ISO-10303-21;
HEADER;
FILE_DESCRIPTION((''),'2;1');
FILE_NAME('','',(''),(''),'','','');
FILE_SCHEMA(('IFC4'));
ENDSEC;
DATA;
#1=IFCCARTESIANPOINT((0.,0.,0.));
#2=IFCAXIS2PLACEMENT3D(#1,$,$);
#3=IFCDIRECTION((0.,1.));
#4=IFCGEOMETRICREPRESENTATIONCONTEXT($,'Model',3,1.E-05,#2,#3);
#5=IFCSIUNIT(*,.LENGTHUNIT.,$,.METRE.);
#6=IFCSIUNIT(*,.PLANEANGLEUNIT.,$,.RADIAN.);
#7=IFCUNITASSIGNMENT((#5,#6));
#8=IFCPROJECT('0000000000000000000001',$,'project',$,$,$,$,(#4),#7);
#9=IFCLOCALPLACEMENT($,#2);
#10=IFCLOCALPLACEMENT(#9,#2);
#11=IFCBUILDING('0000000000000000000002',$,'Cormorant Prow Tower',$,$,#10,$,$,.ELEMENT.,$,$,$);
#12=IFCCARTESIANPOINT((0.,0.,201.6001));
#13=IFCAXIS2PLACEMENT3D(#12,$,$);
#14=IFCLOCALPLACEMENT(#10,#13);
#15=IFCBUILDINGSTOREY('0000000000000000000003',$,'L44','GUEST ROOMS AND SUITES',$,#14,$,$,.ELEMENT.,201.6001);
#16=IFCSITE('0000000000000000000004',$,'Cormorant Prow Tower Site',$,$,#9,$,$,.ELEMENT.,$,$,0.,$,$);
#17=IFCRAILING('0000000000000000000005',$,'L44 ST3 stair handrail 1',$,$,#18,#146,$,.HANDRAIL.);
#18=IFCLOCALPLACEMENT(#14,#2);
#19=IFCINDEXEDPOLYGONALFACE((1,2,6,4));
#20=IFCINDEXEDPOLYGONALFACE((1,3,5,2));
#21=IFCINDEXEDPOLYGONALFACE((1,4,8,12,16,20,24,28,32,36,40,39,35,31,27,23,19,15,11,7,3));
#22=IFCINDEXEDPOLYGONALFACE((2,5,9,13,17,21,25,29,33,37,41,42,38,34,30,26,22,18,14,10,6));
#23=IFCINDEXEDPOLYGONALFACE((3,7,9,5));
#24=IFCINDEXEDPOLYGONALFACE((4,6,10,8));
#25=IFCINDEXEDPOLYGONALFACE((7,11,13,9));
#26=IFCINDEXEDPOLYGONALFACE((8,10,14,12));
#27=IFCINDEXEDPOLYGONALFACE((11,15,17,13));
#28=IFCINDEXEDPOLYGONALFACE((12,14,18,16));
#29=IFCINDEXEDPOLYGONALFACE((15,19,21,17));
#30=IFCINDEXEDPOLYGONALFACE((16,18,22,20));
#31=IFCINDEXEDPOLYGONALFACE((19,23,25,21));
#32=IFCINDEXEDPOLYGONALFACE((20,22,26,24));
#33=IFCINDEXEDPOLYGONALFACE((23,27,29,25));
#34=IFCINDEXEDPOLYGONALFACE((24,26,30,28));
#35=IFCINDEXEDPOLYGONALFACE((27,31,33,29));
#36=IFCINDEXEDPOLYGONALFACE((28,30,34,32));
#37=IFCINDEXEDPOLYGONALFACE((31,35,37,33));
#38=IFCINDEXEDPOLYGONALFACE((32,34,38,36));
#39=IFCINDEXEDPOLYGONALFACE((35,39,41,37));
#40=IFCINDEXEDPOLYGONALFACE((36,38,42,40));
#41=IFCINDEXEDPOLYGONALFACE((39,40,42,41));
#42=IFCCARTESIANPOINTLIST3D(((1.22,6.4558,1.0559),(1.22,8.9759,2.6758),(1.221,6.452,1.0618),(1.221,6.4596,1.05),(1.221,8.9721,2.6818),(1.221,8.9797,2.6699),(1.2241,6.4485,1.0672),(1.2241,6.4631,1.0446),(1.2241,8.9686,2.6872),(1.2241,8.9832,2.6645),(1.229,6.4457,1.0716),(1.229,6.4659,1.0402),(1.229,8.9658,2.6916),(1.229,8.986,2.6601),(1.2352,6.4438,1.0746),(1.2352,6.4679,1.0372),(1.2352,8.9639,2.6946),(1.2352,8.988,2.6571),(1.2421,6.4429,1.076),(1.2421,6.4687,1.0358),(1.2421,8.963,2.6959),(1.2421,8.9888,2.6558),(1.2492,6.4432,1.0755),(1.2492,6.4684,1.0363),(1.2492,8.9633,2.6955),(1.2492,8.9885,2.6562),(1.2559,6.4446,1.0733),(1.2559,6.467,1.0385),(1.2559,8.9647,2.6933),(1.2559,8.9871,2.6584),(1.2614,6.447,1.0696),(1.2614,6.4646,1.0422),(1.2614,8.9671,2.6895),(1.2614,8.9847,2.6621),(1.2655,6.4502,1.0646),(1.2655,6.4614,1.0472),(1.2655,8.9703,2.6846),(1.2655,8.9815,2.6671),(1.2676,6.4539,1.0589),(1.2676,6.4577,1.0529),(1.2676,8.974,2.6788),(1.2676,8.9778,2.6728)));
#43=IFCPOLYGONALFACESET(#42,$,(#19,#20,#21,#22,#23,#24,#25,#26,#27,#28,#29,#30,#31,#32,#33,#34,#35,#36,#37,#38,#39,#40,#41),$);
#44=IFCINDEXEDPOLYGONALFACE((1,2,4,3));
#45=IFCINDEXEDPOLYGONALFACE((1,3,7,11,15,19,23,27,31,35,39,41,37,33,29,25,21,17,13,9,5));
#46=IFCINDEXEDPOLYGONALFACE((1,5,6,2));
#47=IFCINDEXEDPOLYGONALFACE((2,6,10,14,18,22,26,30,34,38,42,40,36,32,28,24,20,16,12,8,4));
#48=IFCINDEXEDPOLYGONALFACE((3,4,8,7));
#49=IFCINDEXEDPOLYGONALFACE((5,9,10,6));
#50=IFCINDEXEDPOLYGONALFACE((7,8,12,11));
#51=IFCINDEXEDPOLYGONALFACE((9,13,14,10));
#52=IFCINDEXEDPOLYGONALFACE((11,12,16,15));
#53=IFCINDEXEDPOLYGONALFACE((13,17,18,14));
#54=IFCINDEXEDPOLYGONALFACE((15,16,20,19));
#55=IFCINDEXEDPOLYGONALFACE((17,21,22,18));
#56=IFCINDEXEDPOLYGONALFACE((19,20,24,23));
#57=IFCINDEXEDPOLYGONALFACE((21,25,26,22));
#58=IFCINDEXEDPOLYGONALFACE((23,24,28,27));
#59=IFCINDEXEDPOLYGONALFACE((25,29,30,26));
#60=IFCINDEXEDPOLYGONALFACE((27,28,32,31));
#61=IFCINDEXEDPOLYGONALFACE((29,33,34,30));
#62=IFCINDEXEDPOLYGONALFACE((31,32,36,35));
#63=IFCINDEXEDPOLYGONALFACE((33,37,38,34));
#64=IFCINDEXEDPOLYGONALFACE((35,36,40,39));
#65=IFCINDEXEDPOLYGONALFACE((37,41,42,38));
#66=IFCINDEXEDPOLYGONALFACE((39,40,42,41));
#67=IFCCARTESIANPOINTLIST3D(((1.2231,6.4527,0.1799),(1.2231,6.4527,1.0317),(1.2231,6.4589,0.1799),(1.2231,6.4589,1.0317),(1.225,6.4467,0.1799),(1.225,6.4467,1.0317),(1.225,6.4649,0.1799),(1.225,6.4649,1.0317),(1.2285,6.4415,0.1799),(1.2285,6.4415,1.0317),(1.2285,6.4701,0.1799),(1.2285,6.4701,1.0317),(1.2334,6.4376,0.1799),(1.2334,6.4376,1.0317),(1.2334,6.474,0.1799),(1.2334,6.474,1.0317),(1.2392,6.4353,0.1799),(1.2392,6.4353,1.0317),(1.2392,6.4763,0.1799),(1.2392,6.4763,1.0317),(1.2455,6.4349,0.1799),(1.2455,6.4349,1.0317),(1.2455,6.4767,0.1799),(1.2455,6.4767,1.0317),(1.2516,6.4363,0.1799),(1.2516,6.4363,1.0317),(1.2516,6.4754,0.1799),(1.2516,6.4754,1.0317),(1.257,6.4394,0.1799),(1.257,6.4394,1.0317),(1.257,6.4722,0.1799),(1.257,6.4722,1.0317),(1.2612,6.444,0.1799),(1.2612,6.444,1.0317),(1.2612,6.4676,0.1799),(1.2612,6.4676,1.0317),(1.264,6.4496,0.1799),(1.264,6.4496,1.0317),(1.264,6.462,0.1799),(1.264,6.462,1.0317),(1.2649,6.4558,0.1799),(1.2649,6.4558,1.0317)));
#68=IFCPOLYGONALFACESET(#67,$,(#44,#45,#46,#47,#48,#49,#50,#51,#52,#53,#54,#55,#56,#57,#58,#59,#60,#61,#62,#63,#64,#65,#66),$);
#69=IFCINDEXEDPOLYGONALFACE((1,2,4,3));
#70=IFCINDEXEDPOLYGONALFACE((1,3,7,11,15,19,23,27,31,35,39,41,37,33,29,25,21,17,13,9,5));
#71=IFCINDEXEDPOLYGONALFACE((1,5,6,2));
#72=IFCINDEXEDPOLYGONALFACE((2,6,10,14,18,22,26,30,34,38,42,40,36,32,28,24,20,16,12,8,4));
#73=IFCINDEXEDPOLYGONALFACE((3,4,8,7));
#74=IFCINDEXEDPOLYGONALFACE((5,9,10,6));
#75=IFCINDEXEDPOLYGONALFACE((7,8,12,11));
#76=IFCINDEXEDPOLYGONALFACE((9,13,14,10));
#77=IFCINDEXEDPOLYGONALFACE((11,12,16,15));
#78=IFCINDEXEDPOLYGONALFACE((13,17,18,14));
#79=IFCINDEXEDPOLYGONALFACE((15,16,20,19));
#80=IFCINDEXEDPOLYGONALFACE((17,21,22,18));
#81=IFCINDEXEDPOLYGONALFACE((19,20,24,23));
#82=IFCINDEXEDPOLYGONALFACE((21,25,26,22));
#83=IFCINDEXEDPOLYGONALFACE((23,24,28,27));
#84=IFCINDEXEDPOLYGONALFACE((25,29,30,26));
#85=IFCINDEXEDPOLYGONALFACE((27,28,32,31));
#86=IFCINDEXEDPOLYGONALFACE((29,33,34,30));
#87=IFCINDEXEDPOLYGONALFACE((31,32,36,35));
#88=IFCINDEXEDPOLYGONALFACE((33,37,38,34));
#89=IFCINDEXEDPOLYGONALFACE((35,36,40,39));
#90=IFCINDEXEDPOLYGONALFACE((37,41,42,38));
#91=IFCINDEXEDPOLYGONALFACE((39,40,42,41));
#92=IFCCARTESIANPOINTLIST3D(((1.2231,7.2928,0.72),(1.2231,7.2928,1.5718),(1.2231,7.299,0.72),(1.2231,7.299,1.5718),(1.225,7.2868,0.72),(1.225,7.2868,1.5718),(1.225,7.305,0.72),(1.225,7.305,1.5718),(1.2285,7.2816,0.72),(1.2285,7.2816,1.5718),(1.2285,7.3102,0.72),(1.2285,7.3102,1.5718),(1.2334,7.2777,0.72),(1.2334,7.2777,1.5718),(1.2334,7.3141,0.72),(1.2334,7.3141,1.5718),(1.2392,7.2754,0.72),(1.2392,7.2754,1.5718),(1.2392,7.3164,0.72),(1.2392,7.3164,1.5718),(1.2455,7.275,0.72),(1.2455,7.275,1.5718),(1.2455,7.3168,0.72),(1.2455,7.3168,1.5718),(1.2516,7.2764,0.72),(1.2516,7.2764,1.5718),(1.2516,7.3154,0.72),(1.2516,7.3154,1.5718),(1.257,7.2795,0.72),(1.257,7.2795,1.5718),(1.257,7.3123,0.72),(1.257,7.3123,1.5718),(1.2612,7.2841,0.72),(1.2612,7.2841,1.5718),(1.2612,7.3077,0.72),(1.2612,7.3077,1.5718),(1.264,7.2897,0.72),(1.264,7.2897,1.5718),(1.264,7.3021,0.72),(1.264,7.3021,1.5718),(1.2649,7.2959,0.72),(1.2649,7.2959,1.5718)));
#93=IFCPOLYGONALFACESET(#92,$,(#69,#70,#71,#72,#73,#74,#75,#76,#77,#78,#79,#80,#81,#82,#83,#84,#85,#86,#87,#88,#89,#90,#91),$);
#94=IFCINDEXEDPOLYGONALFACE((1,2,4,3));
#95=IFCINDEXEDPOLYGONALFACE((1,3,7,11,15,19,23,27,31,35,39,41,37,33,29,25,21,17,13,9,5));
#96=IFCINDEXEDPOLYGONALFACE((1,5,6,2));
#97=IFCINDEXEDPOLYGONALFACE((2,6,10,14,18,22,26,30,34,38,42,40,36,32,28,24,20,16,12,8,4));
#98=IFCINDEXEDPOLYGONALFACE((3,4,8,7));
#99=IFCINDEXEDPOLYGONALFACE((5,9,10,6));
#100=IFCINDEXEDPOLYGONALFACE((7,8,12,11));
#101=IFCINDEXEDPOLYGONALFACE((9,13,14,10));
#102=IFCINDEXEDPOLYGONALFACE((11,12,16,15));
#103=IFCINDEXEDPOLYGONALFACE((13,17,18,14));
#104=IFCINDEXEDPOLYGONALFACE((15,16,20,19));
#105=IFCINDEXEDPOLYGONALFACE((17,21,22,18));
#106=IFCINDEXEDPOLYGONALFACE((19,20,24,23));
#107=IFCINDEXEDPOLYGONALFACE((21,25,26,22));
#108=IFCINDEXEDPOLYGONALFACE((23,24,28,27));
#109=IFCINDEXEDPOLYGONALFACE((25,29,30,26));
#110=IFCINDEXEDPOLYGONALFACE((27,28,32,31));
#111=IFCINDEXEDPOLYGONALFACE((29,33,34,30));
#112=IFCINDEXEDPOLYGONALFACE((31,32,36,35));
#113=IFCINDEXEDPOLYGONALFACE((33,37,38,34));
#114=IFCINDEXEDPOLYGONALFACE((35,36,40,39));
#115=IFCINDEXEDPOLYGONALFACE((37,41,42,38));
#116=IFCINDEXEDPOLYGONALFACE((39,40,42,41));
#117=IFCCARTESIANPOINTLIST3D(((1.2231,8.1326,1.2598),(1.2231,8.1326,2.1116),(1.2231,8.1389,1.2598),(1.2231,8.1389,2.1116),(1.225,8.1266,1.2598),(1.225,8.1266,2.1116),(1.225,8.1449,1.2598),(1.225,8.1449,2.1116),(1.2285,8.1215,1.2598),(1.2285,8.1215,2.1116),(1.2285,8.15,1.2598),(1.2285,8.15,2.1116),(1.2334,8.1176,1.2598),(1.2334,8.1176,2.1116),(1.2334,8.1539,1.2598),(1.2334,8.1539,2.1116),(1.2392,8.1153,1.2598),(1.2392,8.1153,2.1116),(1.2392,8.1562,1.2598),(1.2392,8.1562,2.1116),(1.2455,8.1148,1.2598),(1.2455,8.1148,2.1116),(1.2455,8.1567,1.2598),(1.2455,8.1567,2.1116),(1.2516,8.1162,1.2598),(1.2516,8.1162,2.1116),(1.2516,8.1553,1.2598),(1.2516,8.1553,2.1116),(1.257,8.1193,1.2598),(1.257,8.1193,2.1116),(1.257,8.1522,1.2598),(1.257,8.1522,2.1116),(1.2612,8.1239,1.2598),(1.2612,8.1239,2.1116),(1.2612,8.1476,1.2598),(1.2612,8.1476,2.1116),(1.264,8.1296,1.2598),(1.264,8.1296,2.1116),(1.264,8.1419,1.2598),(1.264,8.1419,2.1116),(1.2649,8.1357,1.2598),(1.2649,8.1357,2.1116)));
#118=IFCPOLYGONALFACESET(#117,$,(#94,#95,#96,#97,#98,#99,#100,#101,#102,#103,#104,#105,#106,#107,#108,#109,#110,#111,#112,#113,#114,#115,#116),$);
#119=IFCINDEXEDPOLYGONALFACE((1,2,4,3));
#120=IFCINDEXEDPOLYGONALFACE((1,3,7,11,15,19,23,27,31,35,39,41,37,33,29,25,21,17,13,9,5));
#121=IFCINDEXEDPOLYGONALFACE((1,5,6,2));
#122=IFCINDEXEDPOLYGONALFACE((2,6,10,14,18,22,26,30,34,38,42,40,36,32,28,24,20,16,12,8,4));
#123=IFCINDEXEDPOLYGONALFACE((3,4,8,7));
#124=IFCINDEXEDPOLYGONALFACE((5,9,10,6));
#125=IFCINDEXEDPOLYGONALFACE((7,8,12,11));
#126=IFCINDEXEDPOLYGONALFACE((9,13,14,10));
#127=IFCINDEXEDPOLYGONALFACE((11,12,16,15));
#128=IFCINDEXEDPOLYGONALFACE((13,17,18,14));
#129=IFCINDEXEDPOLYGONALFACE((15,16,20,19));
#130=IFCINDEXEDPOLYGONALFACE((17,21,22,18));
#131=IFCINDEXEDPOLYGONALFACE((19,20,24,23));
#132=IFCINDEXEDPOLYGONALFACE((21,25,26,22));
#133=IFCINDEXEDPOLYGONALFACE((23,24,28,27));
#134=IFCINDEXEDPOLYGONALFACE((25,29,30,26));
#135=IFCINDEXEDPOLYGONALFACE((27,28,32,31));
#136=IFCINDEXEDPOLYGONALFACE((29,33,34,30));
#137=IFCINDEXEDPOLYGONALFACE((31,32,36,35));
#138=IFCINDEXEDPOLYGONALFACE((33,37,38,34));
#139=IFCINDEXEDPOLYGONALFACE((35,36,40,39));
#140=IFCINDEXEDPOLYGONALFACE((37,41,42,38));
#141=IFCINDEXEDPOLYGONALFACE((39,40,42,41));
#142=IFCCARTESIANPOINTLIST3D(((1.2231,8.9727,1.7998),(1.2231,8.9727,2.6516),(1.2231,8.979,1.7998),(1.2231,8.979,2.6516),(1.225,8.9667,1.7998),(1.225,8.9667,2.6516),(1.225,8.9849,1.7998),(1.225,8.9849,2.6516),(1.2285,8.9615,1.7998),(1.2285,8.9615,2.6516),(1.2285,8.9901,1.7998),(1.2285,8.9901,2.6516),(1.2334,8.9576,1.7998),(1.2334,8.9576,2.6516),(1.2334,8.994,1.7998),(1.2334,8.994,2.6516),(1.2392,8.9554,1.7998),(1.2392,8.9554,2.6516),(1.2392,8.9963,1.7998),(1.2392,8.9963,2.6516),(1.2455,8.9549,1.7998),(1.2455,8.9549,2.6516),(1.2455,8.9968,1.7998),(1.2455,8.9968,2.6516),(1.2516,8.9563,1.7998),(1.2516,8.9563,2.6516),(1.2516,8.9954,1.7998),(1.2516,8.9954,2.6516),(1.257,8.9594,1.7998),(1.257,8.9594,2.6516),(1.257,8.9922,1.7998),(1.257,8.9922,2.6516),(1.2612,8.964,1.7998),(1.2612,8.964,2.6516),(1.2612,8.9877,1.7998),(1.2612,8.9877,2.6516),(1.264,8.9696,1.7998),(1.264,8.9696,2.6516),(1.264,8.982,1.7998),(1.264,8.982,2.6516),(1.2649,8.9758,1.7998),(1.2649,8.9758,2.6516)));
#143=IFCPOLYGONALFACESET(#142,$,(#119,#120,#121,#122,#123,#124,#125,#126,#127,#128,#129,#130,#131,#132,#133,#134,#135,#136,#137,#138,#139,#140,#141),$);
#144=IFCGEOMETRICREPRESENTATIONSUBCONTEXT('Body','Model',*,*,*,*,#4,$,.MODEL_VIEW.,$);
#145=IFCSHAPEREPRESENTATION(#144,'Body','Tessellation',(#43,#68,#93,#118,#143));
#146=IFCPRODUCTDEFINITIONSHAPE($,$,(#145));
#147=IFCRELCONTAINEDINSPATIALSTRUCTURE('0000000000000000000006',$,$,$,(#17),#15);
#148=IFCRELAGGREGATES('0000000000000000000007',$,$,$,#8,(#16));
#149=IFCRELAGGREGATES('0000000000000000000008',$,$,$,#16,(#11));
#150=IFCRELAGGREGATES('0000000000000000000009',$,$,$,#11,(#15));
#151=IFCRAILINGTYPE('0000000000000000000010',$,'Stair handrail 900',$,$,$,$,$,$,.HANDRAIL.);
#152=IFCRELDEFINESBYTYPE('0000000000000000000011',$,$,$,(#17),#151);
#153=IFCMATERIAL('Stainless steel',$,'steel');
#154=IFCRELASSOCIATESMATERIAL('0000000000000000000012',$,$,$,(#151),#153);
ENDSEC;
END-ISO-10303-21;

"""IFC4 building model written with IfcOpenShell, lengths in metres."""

from ifc_helpers import new_model, si_unit, direction, frame, origin, origin_2d, place, context, subcontext, project, spatial, circle, extrude, material, type_object, element, save


model = new_model("IFC4")

# Units and contexts
model_context = context("Model", 3, precision=1e-05, world=origin(), true_north=direction((0.0, 1.0)))
body_context = subcontext(model_context, "Body", "Model", "MODEL_VIEW")
ifc_project = project(units=[si_unit("LENGTHUNIT", "METRE"), si_unit("PLANEANGLEUNIT", "RADIAN")], contexts=[model_context])

# Site, building, storey
site_placement = place(None, origin())
site = spatial("IfcSite", under=ifc_project, at=site_placement, Name="Cormorant Prow Tower Site", CompositionType="ELEMENT", RefElevation=0.0)
building_placement = place(site_placement, origin())
building = spatial("IfcBuilding", under=site, at=building_placement, Name="Cormorant Prow Tower", CompositionType="ELEMENT")
storey_placement = place(building_placement, frame((0.0, 0.0, 201.6001)))
storey = spatial("IfcBuildingStorey", under=building, at=storey_placement, Name="L44", Description="GUEST ROOMS AND SUITES", CompositionType="ELEMENT", Elevation=201.6001)

# Railing
ifc_material_1 = material(Name="Stainless steel", Category="steel")
railing_type_1 = type_object("IfcRailingType", Name="Stair handrail 900", PredefinedType="HANDRAIL", material=ifc_material_1)
railing_1_placement = place(storey_placement, frame((1.2439, 6.4558, 0.1799)))
element("IfcRailing", 1, at=railing_1_placement, inside=storey, type_object=railing_type_1, Name="L44 ST3 stair handrail 1", PredefinedType="HANDRAIL", context=body_context, shape_type="SweptSolid", body=[
    extrude(circle(Radius=0.0239, at=origin_2d()), frame((0.0, 0.0, 0.876), z_axis=(0.0, 0.8412, 0.540725), x_axis=(-1.0, 0.0, 0.0)), (0.0, 0.0, 1.0), 2.9958),
    extrude(circle(Radius=0.021, at=origin_2d()), origin(), (0.0, 0.0, 1.0), 0.8518),
    extrude(circle(Radius=0.021, at=origin_2d()), frame((0.0, 0.8401, 0.54)), (0.0, 0.0, 1.0), 0.8518),
    extrude(circle(Radius=0.021, at=origin_2d()), frame((0.0, 1.6799, 1.0798)), (0.0, 0.0, 1.0), 0.8518),
    extrude(circle(Radius=0.021, at=origin_2d()), frame((0.0, 2.52, 1.6199)), (0.0, 0.0, 1.0), 0.8518),
])

save(model, "model.ifc")
